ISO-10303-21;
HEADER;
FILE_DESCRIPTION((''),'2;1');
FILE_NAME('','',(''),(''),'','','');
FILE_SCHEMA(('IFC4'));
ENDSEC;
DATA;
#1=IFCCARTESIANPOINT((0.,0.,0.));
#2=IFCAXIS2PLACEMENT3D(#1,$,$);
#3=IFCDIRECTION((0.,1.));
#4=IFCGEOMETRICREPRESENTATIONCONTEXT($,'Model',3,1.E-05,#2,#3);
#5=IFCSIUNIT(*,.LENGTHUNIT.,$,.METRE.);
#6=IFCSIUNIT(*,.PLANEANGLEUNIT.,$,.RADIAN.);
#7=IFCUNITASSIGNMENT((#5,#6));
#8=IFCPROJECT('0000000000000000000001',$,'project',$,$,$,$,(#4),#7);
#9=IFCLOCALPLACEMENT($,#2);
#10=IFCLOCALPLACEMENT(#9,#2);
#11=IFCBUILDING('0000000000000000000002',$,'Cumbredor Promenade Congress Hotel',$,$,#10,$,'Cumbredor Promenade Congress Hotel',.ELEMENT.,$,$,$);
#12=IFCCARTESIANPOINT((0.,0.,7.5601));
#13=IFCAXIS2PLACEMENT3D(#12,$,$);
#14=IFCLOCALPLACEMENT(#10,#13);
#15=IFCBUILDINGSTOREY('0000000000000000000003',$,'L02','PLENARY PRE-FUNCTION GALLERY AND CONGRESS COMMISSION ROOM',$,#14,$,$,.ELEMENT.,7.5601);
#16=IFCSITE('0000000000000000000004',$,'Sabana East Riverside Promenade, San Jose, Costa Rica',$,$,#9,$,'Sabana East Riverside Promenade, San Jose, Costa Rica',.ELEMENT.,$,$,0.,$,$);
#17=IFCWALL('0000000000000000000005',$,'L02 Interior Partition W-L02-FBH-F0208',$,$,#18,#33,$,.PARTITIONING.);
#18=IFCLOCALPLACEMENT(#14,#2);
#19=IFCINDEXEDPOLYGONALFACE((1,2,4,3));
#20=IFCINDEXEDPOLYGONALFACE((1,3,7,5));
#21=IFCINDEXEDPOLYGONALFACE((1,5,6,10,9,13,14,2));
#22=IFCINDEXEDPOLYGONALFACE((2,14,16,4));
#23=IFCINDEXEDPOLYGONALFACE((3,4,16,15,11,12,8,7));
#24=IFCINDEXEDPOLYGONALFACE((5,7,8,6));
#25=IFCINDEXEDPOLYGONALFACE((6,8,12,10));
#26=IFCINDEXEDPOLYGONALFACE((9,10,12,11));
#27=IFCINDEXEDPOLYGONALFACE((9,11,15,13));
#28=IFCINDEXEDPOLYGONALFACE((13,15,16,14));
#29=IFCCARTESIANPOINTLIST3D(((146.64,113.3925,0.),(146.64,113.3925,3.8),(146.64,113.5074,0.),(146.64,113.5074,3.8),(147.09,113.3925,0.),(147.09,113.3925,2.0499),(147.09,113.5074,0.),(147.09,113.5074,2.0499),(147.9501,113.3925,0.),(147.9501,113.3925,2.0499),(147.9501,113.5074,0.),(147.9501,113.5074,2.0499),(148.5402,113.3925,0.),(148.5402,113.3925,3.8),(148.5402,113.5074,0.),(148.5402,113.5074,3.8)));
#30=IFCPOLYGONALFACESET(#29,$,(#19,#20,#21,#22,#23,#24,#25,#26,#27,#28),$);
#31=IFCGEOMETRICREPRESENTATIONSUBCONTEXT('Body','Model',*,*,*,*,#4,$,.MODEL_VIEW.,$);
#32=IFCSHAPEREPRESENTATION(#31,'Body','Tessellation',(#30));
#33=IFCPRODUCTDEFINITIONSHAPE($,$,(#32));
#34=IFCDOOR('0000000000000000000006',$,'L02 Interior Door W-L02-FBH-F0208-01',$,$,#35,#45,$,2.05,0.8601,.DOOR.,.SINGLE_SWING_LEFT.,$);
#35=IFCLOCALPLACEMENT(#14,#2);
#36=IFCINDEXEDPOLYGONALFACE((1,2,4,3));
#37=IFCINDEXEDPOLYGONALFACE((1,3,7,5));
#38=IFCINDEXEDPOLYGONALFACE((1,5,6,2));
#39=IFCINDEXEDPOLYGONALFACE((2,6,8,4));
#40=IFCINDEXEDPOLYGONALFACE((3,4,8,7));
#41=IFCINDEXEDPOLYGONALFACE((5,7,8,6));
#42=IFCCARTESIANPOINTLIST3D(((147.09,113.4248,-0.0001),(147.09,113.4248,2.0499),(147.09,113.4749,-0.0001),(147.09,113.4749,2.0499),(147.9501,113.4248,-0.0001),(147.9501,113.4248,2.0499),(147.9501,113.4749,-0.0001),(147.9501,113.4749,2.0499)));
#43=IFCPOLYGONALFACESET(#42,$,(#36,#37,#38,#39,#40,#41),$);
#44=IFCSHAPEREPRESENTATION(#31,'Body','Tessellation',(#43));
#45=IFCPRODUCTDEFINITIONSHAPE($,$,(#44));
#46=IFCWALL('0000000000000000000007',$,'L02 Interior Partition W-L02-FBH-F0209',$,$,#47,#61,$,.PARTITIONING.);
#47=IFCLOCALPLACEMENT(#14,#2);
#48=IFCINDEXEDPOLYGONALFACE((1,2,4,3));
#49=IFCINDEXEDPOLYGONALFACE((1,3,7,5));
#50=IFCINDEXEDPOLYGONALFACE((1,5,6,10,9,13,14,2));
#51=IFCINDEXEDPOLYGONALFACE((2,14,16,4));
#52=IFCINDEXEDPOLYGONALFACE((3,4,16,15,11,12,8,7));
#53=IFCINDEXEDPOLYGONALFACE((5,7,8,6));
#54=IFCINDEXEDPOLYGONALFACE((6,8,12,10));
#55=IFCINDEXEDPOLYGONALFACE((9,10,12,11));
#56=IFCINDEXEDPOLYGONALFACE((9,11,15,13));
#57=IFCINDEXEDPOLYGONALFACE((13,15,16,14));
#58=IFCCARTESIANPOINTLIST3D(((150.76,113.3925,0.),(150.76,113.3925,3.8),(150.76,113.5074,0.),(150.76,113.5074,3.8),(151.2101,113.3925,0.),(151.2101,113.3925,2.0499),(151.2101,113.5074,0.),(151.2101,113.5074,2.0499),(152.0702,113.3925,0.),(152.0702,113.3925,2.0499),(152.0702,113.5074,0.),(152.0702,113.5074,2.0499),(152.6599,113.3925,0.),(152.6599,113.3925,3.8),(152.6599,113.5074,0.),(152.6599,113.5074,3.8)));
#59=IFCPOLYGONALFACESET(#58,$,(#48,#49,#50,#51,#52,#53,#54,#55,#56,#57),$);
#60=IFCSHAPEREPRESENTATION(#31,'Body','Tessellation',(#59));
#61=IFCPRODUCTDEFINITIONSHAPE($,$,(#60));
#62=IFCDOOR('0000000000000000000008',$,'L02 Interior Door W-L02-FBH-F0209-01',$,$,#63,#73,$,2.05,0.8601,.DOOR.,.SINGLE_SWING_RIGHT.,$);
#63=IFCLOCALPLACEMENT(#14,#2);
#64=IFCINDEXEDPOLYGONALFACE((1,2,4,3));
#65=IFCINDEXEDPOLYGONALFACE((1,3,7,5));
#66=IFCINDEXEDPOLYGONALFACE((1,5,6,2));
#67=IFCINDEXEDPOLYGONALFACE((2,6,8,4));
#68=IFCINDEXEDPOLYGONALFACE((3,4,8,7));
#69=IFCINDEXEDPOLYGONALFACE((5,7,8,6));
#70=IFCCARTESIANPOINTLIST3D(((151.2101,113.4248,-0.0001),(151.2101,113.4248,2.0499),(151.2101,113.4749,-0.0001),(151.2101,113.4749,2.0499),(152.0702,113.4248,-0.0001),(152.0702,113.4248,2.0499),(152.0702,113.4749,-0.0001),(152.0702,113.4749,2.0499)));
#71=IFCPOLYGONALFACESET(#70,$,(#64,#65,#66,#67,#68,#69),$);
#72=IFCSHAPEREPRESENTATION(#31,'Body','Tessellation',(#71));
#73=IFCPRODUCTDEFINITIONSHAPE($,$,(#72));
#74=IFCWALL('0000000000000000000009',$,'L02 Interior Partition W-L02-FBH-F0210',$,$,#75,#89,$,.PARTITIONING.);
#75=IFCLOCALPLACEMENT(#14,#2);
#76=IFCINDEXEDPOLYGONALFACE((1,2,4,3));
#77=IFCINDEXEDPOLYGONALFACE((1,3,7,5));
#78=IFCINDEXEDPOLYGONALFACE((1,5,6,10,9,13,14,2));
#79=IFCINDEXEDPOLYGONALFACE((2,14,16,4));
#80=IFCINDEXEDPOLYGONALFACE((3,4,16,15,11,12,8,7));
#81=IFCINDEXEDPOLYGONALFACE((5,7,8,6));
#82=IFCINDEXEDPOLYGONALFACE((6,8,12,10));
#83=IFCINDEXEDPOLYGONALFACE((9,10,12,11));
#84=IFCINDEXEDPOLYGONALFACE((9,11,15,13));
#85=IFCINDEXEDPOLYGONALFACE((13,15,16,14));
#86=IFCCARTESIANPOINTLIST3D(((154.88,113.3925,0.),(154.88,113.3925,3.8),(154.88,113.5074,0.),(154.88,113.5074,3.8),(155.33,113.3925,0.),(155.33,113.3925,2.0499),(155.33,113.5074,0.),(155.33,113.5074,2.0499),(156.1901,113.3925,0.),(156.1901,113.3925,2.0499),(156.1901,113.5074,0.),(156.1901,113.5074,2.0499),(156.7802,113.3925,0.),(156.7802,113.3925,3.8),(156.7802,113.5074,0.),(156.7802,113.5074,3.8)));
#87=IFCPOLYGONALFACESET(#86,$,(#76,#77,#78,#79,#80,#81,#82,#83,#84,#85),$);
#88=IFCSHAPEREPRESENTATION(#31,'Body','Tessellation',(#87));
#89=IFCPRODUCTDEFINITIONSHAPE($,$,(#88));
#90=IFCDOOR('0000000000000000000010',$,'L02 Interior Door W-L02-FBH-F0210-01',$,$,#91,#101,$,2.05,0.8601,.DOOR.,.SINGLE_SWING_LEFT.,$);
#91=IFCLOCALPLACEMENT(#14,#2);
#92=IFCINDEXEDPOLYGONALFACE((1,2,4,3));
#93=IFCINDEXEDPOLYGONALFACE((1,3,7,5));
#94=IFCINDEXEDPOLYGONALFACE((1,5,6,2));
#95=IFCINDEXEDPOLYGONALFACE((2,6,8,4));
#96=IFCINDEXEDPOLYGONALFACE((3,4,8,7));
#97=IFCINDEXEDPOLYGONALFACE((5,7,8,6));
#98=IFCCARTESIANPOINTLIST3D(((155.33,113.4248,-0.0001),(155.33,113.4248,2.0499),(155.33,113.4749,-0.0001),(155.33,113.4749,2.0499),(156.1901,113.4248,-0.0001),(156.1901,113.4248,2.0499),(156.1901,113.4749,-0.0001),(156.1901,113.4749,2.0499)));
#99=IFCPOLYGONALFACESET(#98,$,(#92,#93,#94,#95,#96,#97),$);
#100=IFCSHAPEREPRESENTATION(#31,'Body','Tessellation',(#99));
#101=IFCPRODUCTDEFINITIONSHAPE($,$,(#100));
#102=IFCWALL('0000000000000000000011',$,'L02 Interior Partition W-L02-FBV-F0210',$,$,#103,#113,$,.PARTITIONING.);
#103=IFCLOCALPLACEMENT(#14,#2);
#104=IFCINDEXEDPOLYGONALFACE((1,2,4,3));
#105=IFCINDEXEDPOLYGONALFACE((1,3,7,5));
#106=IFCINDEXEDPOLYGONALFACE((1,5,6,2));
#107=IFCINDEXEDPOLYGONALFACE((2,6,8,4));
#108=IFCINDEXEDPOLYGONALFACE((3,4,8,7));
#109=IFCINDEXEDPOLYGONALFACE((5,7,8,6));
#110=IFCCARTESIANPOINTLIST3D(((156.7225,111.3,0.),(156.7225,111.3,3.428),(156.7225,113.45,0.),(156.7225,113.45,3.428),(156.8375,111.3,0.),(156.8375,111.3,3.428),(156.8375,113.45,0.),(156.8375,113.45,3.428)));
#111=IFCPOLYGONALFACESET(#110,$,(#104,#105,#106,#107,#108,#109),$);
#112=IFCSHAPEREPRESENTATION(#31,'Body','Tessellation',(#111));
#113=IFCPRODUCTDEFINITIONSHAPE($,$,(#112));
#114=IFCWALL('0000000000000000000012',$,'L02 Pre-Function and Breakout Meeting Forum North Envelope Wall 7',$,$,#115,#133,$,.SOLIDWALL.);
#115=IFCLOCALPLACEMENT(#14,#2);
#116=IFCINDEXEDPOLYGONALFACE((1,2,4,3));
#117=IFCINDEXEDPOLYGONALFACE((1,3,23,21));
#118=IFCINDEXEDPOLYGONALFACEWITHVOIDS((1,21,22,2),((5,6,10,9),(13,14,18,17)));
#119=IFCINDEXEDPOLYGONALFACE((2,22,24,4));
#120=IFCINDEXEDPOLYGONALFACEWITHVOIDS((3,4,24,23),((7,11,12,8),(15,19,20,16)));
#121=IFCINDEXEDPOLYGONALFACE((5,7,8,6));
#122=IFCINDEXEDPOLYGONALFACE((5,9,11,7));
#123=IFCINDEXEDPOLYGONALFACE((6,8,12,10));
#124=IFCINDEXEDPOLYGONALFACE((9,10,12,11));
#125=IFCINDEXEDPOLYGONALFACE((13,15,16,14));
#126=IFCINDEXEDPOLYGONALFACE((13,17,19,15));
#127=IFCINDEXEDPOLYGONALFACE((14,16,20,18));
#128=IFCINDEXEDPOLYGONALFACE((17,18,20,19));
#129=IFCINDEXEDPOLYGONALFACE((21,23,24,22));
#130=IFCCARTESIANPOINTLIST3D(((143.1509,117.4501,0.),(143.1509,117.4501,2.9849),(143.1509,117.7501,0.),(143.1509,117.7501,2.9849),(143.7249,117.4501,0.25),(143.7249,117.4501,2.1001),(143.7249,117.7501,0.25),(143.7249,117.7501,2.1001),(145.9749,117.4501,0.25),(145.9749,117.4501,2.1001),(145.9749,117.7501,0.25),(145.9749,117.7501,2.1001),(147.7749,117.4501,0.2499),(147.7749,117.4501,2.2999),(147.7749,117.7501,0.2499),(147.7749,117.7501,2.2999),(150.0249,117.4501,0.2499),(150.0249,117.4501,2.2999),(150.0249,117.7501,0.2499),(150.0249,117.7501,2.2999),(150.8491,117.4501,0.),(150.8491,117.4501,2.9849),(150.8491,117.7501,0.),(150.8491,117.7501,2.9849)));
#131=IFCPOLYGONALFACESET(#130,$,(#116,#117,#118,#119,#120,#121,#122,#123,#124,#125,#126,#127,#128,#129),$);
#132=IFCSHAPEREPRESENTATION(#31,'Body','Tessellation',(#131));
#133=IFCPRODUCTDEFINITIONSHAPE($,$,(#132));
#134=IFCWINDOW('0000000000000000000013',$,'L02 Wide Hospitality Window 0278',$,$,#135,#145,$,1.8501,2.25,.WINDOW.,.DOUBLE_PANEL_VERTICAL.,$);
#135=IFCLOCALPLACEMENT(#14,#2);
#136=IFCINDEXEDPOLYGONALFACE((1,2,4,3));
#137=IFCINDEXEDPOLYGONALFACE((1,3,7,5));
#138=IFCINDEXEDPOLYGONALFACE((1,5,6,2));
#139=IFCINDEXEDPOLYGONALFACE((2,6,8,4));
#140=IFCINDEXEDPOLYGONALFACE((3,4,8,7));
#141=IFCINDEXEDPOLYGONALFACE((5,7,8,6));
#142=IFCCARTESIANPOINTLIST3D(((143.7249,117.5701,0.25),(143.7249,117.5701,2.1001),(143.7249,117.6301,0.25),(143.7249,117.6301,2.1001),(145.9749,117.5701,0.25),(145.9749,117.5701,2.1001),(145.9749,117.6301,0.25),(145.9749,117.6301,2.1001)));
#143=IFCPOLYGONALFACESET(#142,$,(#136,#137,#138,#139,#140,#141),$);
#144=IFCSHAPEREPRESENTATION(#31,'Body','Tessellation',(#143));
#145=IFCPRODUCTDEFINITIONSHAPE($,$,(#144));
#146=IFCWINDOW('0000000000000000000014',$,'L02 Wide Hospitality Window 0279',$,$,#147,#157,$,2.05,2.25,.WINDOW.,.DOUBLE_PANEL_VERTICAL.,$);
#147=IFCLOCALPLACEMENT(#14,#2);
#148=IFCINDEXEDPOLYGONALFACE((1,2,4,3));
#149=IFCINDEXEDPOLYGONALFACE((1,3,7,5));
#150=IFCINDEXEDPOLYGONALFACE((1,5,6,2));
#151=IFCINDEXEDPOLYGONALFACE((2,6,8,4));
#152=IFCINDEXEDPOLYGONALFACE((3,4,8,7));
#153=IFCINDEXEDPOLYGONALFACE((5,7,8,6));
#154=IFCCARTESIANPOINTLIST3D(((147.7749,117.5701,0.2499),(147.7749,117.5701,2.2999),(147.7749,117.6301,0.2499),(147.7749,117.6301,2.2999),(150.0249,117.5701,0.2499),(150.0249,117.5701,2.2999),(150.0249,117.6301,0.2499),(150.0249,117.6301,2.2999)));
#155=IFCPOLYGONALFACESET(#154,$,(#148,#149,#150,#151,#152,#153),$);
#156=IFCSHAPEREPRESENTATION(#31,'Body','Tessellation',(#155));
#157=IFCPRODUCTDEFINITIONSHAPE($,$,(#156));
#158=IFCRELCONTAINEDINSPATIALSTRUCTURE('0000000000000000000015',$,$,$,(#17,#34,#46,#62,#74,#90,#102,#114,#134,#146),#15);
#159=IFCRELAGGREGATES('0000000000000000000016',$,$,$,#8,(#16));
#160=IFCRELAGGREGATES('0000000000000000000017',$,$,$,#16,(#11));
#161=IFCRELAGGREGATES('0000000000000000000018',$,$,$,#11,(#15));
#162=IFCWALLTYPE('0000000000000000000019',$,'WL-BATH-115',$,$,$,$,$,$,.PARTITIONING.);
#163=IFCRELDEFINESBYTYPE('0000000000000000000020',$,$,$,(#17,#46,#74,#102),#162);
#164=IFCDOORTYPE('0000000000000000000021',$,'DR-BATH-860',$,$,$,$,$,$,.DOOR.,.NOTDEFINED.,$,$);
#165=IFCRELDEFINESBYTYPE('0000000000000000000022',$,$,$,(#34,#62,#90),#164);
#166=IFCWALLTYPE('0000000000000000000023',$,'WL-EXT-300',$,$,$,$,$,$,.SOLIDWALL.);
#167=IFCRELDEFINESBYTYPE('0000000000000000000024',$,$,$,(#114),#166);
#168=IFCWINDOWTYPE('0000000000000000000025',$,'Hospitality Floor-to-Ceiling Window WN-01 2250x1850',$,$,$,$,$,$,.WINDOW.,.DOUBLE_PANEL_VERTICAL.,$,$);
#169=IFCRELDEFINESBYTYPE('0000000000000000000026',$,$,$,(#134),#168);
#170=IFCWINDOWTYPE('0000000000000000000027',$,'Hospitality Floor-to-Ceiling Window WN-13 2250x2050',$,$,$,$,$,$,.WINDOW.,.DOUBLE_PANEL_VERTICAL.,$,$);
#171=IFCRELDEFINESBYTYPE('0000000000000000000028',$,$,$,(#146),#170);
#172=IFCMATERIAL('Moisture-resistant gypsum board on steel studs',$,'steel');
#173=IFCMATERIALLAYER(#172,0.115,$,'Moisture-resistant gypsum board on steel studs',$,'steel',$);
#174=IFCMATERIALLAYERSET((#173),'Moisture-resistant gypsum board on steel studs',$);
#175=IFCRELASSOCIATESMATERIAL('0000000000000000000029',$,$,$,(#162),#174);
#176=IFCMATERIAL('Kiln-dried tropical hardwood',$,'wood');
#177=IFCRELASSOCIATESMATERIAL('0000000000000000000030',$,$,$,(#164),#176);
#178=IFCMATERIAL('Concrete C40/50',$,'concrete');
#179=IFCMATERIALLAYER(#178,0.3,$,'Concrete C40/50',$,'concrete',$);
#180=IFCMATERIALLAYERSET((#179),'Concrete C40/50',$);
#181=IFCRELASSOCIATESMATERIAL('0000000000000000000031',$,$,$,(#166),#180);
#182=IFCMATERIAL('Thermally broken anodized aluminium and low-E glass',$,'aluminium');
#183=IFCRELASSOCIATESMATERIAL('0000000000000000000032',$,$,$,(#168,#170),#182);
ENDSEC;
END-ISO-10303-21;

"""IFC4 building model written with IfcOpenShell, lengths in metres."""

from ifc_helpers import new_model, si_unit, direction, frame, frame_2d, origin, place, context, subcontext, project, spatial, rectangle, extrude, material, layer, layer_set, type_object, element, fill, save


model = new_model("IFC4")

# Units and contexts
model_context = context("Model", 3, precision=1e-05, world=origin(), true_north=direction((0.0, 1.0)))
body_context = subcontext(model_context, "Body", "Model", "MODEL_VIEW")
ifc_project = project(units=[si_unit("LENGTHUNIT", "METRE"), si_unit("PLANEANGLEUNIT", "RADIAN")], contexts=[model_context])

# Site, building, storey
site_placement = place(None, origin())
site = spatial("IfcSite", under=ifc_project, at=site_placement, Name="Sabana East Riverside Promenade, San Jose, Costa Rica", LongName="Sabana East Riverside Promenade, San Jose, Costa Rica", CompositionType="ELEMENT", RefElevation=0.0)
building_placement = place(site_placement, origin())
building = spatial("IfcBuilding", under=site, at=building_placement, Name="Cumbredor Promenade Congress Hotel", LongName="Cumbredor Promenade Congress Hotel", CompositionType="ELEMENT")
storey_placement = place(building_placement, frame((0.0, 0.0, 7.5601)))
storey = spatial("IfcBuildingStorey", under=building, at=storey_placement, Name="L02", Description="PLENARY PRE-FUNCTION GALLERY AND CONGRESS COMMISSION ROOM", CompositionType="ELEMENT", Elevation=7.5601)

# Shared definitions
ifc_material_1 = material(Name="Concrete C40/50", Category="concrete")

# Shared definitions
ifc_material_2 = material(Name="Thermally broken anodized aluminium and low-E glass", Category="aluminium")

# Shared definitions
ifc_material_3 = material(Name="Kiln-dried tropical hardwood", Category="wood")

# Walls, openings, doors
ifc_material_4 = material(Name="Moisture-resistant gypsum board on steel studs", Category="steel")
ifc_layer_1 = layer(ifc_material_4, 0.115, Name="Moisture-resistant gypsum board on steel studs", Category="steel")
ifc_layer_set_1 = layer_set([ifc_layer_1], Name="Moisture-resistant gypsum board on steel studs")
wall_type_1 = type_object("IfcWallType", Name="WL-BATH-115", PredefinedType="PARTITIONING", material=ifc_layer_set_1)
wall_1_placement = place(storey_placement, frame((146.6399, 113.45, 0.0), z_axis=(0.0, 0.0, 1.0), x_axis=(1.0, 0.0, 0.0)))
wall_1 = element("IfcWall", 1, at=wall_1_placement, inside=storey, type_object=wall_type_1, Name="L02 Interior Partition W-L02-FBH-F0208", PredefinedType="PARTITIONING", context=body_context, shape_type="SweptSolid", body=[
    extrude(rectangle(XDim=1.9001, YDim=0.115, at=frame_2d((0.9502, 0.0))), origin(), (0.0, 0.0, 1.0), 3.8),
])
opening_1_placement = place(wall_1_placement, frame((0.45, 0.0, 0.0)))
opening_1 = element("IfcOpeningElement", 2, at=opening_1_placement, cuts=wall_1, PredefinedType="OPENING", context=body_context, shape_type="SweptSolid", body=[
    extrude(rectangle(XDim=0.8601, YDim=2.05, at=frame_2d((0.4302, 1.0249))), frame((0.0, 0.0674, 0.0), z_axis=(0.0, -1.0, 0.0), x_axis=(1.0, 0.0, 0.0)), (0.0, 0.0, 1.0), 0.135),
])
door_type = type_object("IfcDoorType", Name="DR-BATH-860", OperationType="NOTDEFINED", PredefinedType="DOOR", material=ifc_material_3)
door_1_placement = place(opening_1_placement, origin())
door_1 = element("IfcDoor", 3, at=door_1_placement, inside=storey, type_object=door_type, Name="L02 Interior Door W-L02-FBH-F0208-01", OperationType="SINGLE_SWING_LEFT", OverallHeight=2.05, OverallWidth=0.8601, PredefinedType="DOOR", context=body_context, shape_type="SweptSolid", body=[
    extrude(rectangle(XDim=0.8601, YDim=2.05, at=frame_2d((0.4302, 1.0249))), frame((0.0, 0.0249, 0.0), z_axis=(0.0, -1.0, 0.0), x_axis=(1.0, 0.0, 0.0)), (0.0, 0.0, 1.0), 0.05),
])
fill(opening_1, door_1)
wall_2_placement = place(storey_placement, frame((150.76, 113.45, 0.0), z_axis=(0.0, 0.0, 1.0), x_axis=(1.0, 0.0, 0.0)))
wall_2 = element("IfcWall", 4, at=wall_2_placement, inside=storey, type_object=wall_type_1, Name="L02 Interior Partition W-L02-FBH-F0209", PredefinedType="PARTITIONING", context=body_context, shape_type="SweptSolid", body=[
    extrude(rectangle(XDim=1.8999, YDim=0.115, at=frame_2d((0.95, 0.0))), origin(), (0.0, 0.0, 1.0), 3.8),
])
opening_2_placement = place(wall_2_placement, frame((0.45, 0.0, 0.0)))
opening_2 = element("IfcOpeningElement", 5, at=opening_2_placement, cuts=wall_2, PredefinedType="OPENING", context=body_context, shape_type="SweptSolid", body=[
    extrude(rectangle(XDim=0.8601, YDim=2.05, at=frame_2d((0.4302, 1.0249))), frame((0.0, 0.0674, 0.0), z_axis=(0.0, -1.0, 0.0), x_axis=(1.0, 0.0, 0.0)), (0.0, 0.0, 1.0), 0.135),
])
door_2_placement = place(opening_2_placement, origin())
door_2 = element("IfcDoor", 6, at=door_2_placement, inside=storey, type_object=door_type, Name="L02 Interior Door W-L02-FBH-F0209-01", OperationType="SINGLE_SWING_RIGHT", OverallHeight=2.05, OverallWidth=0.8601, PredefinedType="DOOR", context=body_context, shape_type="SweptSolid", body=[
    extrude(rectangle(XDim=0.8601, YDim=2.05, at=frame_2d((0.4302, 1.0249))), frame((0.0, 0.0249, 0.0), z_axis=(0.0, -1.0, 0.0), x_axis=(1.0, 0.0, 0.0)), (0.0, 0.0, 1.0), 0.05),
])
fill(opening_2, door_2)
wall_3_placement = place(storey_placement, frame((154.8799, 113.45, 0.0), z_axis=(0.0, 0.0, 1.0), x_axis=(1.0, 0.0, 0.0)))
wall_3 = element("IfcWall", 7, at=wall_3_placement, inside=storey, type_object=wall_type_1, Name="L02 Interior Partition W-L02-FBH-F0210", PredefinedType="PARTITIONING", context=body_context, shape_type="SweptSolid", body=[
    extrude(rectangle(XDim=1.9001, YDim=0.115, at=frame_2d((0.9502, 0.0))), origin(), (0.0, 0.0, 1.0), 3.8),
])
opening_3_placement = place(wall_3_placement, frame((0.45, 0.0, 0.0)))
opening_3 = element("IfcOpeningElement", 8, at=opening_3_placement, cuts=wall_3, PredefinedType="OPENING", context=body_context, shape_type="SweptSolid", body=[
    extrude(rectangle(XDim=0.8601, YDim=2.05, at=frame_2d((0.4302, 1.0249))), frame((0.0, 0.0674, 0.0), z_axis=(0.0, -1.0, 0.0), x_axis=(1.0, 0.0, 0.0)), (0.0, 0.0, 1.0), 0.135),
])
door_3_placement = place(opening_3_placement, origin())
door_3 = element("IfcDoor", 9, at=door_3_placement, inside=storey, type_object=door_type, Name="L02 Interior Door W-L02-FBH-F0210-01", OperationType="SINGLE_SWING_LEFT", OverallHeight=2.05, OverallWidth=0.8601, PredefinedType="DOOR", context=body_context, shape_type="SweptSolid", body=[
    extrude(rectangle(XDim=0.8601, YDim=2.05, at=frame_2d((0.4302, 1.0249))), frame((0.0, 0.0249, 0.0), z_axis=(0.0, -1.0, 0.0), x_axis=(1.0, 0.0, 0.0)), (0.0, 0.0, 1.0), 0.05),
])
fill(opening_3, door_3)

# Wall
wall_4_placement = place(storey_placement, frame((156.78, 111.3, 0.0), z_axis=(0.0, 0.0, 1.0), x_axis=(0.0, 1.0, 0.0)))
element("IfcWall", 10, at=wall_4_placement, inside=storey, type_object=wall_type_1, Name="L02 Interior Partition W-L02-FBV-F0210", PredefinedType="PARTITIONING", context=body_context, shape_type="SweptSolid", body=[
    extrude(rectangle(XDim=2.1499, YDim=0.115, at=frame_2d((1.075, 0.0))), origin(), (0.0, 0.0, 1.0), 3.428),
])

# Wall, openings, windows
ifc_layer_2 = layer(ifc_material_1, 0.3, Name="Concrete C40/50", Category="concrete")
ifc_layer_set_2 = layer_set([ifc_layer_2], Name="Concrete C40/50")
wall_type_2 = type_object("IfcWallType", Name="WL-EXT-300", PredefinedType="SOLIDWALL", material=ifc_layer_set_2)
wall_5_placement = place(storey_placement, frame((143.1509, 117.6001, 0.0), z_axis=(0.0, 0.0, 1.0), x_axis=(1.0, 0.0, 0.0)))
wall_5 = element("IfcWall", 11, at=wall_5_placement, inside=storey, type_object=wall_type_2, Name="L02 Pre-Function and Breakout Meeting Forum North Envelope Wall 7", PredefinedType="SOLIDWALL", context=body_context, shape_type="SweptSolid", body=[
    extrude(rectangle(XDim=7.6982, YDim=0.3, at=frame_2d((3.8491, 0.0))), origin(), (0.0, 0.0, 1.0), 2.9849),
])
opening_4_placement = place(wall_5_placement, frame((0.574, 0.0, 0.25)))
opening_4 = element("IfcOpeningElement", 12, at=opening_4_placement, cuts=wall_5, PredefinedType="OPENING", context=body_context, shape_type="SweptSolid", body=[
    extrude(rectangle(XDim=2.25, YDim=1.8501, at=frame_2d((1.125, 0.925))), frame((0.0, 0.1602, 0.0), z_axis=(0.0, -1.0, 0.0), x_axis=(1.0, 0.0, 0.0)), (0.0, 0.0, 1.0), 0.3201),
])
opening_5_placement = place(wall_5_placement, frame((4.624, 0.0, 0.25)))
opening_5 = element("IfcOpeningElement", 13, at=opening_5_placement, cuts=wall_5, PredefinedType="OPENING", context=body_context, shape_type="SweptSolid", body=[
    extrude(rectangle(XDim=2.25, YDim=2.05, at=frame_2d((1.125, 1.0249))), frame((0.0, 0.1602, 0.0), z_axis=(0.0, -1.0, 0.0), x_axis=(1.0, 0.0, 0.0)), (0.0, 0.0, 1.0), 0.3201),
])
window_type_1 = type_object("IfcWindowType", Name="Hospitality Floor-to-Ceiling Window WN-01 2250x1850", PartitioningType="DOUBLE_PANEL_VERTICAL", PredefinedType="WINDOW", material=ifc_material_2)
window_1_placement = place(opening_4_placement, origin())
window_1 = element("IfcWindow", 14, at=window_1_placement, inside=storey, type_object=window_type_1, Name="L02 Wide Hospitality Window 0278", OverallHeight=1.8501, OverallWidth=2.25, PartitioningType="DOUBLE_PANEL_VERTICAL", PredefinedType="WINDOW", context=body_context, shape_type="SweptSolid", body=[
    extrude(rectangle(XDim=2.25, YDim=1.8501, at=frame_2d((1.125, 0.925))), frame((0.0, 0.03, 0.0), z_axis=(0.0, -1.0, 0.0), x_axis=(1.0, 0.0, 0.0)), (0.0, 0.0, 1.0), 0.0601),
])
fill(opening_4, window_1)
window_type_2 = type_object("IfcWindowType", Name="Hospitality Floor-to-Ceiling Window WN-13 2250x2050", PartitioningType="DOUBLE_PANEL_VERTICAL", PredefinedType="WINDOW", material=ifc_material_2)
window_2_placement = place(opening_5_placement, origin())
window_2 = element("IfcWindow", 15, at=window_2_placement, inside=storey, type_object=window_type_2, Name="L02 Wide Hospitality Window 0279", OverallHeight=2.05, OverallWidth=2.25, PartitioningType="DOUBLE_PANEL_VERTICAL", PredefinedType="WINDOW", context=body_context, shape_type="SweptSolid", body=[
    extrude(rectangle(XDim=2.25, YDim=2.05, at=frame_2d((1.125, 1.0249))), frame((0.0, 0.03, 0.0), z_axis=(0.0, -1.0, 0.0), x_axis=(1.0, 0.0, 0.0)), (0.0, 0.0, 1.0), 0.0601),
])
fill(opening_5, window_2)

save(model, "model.ifc")
